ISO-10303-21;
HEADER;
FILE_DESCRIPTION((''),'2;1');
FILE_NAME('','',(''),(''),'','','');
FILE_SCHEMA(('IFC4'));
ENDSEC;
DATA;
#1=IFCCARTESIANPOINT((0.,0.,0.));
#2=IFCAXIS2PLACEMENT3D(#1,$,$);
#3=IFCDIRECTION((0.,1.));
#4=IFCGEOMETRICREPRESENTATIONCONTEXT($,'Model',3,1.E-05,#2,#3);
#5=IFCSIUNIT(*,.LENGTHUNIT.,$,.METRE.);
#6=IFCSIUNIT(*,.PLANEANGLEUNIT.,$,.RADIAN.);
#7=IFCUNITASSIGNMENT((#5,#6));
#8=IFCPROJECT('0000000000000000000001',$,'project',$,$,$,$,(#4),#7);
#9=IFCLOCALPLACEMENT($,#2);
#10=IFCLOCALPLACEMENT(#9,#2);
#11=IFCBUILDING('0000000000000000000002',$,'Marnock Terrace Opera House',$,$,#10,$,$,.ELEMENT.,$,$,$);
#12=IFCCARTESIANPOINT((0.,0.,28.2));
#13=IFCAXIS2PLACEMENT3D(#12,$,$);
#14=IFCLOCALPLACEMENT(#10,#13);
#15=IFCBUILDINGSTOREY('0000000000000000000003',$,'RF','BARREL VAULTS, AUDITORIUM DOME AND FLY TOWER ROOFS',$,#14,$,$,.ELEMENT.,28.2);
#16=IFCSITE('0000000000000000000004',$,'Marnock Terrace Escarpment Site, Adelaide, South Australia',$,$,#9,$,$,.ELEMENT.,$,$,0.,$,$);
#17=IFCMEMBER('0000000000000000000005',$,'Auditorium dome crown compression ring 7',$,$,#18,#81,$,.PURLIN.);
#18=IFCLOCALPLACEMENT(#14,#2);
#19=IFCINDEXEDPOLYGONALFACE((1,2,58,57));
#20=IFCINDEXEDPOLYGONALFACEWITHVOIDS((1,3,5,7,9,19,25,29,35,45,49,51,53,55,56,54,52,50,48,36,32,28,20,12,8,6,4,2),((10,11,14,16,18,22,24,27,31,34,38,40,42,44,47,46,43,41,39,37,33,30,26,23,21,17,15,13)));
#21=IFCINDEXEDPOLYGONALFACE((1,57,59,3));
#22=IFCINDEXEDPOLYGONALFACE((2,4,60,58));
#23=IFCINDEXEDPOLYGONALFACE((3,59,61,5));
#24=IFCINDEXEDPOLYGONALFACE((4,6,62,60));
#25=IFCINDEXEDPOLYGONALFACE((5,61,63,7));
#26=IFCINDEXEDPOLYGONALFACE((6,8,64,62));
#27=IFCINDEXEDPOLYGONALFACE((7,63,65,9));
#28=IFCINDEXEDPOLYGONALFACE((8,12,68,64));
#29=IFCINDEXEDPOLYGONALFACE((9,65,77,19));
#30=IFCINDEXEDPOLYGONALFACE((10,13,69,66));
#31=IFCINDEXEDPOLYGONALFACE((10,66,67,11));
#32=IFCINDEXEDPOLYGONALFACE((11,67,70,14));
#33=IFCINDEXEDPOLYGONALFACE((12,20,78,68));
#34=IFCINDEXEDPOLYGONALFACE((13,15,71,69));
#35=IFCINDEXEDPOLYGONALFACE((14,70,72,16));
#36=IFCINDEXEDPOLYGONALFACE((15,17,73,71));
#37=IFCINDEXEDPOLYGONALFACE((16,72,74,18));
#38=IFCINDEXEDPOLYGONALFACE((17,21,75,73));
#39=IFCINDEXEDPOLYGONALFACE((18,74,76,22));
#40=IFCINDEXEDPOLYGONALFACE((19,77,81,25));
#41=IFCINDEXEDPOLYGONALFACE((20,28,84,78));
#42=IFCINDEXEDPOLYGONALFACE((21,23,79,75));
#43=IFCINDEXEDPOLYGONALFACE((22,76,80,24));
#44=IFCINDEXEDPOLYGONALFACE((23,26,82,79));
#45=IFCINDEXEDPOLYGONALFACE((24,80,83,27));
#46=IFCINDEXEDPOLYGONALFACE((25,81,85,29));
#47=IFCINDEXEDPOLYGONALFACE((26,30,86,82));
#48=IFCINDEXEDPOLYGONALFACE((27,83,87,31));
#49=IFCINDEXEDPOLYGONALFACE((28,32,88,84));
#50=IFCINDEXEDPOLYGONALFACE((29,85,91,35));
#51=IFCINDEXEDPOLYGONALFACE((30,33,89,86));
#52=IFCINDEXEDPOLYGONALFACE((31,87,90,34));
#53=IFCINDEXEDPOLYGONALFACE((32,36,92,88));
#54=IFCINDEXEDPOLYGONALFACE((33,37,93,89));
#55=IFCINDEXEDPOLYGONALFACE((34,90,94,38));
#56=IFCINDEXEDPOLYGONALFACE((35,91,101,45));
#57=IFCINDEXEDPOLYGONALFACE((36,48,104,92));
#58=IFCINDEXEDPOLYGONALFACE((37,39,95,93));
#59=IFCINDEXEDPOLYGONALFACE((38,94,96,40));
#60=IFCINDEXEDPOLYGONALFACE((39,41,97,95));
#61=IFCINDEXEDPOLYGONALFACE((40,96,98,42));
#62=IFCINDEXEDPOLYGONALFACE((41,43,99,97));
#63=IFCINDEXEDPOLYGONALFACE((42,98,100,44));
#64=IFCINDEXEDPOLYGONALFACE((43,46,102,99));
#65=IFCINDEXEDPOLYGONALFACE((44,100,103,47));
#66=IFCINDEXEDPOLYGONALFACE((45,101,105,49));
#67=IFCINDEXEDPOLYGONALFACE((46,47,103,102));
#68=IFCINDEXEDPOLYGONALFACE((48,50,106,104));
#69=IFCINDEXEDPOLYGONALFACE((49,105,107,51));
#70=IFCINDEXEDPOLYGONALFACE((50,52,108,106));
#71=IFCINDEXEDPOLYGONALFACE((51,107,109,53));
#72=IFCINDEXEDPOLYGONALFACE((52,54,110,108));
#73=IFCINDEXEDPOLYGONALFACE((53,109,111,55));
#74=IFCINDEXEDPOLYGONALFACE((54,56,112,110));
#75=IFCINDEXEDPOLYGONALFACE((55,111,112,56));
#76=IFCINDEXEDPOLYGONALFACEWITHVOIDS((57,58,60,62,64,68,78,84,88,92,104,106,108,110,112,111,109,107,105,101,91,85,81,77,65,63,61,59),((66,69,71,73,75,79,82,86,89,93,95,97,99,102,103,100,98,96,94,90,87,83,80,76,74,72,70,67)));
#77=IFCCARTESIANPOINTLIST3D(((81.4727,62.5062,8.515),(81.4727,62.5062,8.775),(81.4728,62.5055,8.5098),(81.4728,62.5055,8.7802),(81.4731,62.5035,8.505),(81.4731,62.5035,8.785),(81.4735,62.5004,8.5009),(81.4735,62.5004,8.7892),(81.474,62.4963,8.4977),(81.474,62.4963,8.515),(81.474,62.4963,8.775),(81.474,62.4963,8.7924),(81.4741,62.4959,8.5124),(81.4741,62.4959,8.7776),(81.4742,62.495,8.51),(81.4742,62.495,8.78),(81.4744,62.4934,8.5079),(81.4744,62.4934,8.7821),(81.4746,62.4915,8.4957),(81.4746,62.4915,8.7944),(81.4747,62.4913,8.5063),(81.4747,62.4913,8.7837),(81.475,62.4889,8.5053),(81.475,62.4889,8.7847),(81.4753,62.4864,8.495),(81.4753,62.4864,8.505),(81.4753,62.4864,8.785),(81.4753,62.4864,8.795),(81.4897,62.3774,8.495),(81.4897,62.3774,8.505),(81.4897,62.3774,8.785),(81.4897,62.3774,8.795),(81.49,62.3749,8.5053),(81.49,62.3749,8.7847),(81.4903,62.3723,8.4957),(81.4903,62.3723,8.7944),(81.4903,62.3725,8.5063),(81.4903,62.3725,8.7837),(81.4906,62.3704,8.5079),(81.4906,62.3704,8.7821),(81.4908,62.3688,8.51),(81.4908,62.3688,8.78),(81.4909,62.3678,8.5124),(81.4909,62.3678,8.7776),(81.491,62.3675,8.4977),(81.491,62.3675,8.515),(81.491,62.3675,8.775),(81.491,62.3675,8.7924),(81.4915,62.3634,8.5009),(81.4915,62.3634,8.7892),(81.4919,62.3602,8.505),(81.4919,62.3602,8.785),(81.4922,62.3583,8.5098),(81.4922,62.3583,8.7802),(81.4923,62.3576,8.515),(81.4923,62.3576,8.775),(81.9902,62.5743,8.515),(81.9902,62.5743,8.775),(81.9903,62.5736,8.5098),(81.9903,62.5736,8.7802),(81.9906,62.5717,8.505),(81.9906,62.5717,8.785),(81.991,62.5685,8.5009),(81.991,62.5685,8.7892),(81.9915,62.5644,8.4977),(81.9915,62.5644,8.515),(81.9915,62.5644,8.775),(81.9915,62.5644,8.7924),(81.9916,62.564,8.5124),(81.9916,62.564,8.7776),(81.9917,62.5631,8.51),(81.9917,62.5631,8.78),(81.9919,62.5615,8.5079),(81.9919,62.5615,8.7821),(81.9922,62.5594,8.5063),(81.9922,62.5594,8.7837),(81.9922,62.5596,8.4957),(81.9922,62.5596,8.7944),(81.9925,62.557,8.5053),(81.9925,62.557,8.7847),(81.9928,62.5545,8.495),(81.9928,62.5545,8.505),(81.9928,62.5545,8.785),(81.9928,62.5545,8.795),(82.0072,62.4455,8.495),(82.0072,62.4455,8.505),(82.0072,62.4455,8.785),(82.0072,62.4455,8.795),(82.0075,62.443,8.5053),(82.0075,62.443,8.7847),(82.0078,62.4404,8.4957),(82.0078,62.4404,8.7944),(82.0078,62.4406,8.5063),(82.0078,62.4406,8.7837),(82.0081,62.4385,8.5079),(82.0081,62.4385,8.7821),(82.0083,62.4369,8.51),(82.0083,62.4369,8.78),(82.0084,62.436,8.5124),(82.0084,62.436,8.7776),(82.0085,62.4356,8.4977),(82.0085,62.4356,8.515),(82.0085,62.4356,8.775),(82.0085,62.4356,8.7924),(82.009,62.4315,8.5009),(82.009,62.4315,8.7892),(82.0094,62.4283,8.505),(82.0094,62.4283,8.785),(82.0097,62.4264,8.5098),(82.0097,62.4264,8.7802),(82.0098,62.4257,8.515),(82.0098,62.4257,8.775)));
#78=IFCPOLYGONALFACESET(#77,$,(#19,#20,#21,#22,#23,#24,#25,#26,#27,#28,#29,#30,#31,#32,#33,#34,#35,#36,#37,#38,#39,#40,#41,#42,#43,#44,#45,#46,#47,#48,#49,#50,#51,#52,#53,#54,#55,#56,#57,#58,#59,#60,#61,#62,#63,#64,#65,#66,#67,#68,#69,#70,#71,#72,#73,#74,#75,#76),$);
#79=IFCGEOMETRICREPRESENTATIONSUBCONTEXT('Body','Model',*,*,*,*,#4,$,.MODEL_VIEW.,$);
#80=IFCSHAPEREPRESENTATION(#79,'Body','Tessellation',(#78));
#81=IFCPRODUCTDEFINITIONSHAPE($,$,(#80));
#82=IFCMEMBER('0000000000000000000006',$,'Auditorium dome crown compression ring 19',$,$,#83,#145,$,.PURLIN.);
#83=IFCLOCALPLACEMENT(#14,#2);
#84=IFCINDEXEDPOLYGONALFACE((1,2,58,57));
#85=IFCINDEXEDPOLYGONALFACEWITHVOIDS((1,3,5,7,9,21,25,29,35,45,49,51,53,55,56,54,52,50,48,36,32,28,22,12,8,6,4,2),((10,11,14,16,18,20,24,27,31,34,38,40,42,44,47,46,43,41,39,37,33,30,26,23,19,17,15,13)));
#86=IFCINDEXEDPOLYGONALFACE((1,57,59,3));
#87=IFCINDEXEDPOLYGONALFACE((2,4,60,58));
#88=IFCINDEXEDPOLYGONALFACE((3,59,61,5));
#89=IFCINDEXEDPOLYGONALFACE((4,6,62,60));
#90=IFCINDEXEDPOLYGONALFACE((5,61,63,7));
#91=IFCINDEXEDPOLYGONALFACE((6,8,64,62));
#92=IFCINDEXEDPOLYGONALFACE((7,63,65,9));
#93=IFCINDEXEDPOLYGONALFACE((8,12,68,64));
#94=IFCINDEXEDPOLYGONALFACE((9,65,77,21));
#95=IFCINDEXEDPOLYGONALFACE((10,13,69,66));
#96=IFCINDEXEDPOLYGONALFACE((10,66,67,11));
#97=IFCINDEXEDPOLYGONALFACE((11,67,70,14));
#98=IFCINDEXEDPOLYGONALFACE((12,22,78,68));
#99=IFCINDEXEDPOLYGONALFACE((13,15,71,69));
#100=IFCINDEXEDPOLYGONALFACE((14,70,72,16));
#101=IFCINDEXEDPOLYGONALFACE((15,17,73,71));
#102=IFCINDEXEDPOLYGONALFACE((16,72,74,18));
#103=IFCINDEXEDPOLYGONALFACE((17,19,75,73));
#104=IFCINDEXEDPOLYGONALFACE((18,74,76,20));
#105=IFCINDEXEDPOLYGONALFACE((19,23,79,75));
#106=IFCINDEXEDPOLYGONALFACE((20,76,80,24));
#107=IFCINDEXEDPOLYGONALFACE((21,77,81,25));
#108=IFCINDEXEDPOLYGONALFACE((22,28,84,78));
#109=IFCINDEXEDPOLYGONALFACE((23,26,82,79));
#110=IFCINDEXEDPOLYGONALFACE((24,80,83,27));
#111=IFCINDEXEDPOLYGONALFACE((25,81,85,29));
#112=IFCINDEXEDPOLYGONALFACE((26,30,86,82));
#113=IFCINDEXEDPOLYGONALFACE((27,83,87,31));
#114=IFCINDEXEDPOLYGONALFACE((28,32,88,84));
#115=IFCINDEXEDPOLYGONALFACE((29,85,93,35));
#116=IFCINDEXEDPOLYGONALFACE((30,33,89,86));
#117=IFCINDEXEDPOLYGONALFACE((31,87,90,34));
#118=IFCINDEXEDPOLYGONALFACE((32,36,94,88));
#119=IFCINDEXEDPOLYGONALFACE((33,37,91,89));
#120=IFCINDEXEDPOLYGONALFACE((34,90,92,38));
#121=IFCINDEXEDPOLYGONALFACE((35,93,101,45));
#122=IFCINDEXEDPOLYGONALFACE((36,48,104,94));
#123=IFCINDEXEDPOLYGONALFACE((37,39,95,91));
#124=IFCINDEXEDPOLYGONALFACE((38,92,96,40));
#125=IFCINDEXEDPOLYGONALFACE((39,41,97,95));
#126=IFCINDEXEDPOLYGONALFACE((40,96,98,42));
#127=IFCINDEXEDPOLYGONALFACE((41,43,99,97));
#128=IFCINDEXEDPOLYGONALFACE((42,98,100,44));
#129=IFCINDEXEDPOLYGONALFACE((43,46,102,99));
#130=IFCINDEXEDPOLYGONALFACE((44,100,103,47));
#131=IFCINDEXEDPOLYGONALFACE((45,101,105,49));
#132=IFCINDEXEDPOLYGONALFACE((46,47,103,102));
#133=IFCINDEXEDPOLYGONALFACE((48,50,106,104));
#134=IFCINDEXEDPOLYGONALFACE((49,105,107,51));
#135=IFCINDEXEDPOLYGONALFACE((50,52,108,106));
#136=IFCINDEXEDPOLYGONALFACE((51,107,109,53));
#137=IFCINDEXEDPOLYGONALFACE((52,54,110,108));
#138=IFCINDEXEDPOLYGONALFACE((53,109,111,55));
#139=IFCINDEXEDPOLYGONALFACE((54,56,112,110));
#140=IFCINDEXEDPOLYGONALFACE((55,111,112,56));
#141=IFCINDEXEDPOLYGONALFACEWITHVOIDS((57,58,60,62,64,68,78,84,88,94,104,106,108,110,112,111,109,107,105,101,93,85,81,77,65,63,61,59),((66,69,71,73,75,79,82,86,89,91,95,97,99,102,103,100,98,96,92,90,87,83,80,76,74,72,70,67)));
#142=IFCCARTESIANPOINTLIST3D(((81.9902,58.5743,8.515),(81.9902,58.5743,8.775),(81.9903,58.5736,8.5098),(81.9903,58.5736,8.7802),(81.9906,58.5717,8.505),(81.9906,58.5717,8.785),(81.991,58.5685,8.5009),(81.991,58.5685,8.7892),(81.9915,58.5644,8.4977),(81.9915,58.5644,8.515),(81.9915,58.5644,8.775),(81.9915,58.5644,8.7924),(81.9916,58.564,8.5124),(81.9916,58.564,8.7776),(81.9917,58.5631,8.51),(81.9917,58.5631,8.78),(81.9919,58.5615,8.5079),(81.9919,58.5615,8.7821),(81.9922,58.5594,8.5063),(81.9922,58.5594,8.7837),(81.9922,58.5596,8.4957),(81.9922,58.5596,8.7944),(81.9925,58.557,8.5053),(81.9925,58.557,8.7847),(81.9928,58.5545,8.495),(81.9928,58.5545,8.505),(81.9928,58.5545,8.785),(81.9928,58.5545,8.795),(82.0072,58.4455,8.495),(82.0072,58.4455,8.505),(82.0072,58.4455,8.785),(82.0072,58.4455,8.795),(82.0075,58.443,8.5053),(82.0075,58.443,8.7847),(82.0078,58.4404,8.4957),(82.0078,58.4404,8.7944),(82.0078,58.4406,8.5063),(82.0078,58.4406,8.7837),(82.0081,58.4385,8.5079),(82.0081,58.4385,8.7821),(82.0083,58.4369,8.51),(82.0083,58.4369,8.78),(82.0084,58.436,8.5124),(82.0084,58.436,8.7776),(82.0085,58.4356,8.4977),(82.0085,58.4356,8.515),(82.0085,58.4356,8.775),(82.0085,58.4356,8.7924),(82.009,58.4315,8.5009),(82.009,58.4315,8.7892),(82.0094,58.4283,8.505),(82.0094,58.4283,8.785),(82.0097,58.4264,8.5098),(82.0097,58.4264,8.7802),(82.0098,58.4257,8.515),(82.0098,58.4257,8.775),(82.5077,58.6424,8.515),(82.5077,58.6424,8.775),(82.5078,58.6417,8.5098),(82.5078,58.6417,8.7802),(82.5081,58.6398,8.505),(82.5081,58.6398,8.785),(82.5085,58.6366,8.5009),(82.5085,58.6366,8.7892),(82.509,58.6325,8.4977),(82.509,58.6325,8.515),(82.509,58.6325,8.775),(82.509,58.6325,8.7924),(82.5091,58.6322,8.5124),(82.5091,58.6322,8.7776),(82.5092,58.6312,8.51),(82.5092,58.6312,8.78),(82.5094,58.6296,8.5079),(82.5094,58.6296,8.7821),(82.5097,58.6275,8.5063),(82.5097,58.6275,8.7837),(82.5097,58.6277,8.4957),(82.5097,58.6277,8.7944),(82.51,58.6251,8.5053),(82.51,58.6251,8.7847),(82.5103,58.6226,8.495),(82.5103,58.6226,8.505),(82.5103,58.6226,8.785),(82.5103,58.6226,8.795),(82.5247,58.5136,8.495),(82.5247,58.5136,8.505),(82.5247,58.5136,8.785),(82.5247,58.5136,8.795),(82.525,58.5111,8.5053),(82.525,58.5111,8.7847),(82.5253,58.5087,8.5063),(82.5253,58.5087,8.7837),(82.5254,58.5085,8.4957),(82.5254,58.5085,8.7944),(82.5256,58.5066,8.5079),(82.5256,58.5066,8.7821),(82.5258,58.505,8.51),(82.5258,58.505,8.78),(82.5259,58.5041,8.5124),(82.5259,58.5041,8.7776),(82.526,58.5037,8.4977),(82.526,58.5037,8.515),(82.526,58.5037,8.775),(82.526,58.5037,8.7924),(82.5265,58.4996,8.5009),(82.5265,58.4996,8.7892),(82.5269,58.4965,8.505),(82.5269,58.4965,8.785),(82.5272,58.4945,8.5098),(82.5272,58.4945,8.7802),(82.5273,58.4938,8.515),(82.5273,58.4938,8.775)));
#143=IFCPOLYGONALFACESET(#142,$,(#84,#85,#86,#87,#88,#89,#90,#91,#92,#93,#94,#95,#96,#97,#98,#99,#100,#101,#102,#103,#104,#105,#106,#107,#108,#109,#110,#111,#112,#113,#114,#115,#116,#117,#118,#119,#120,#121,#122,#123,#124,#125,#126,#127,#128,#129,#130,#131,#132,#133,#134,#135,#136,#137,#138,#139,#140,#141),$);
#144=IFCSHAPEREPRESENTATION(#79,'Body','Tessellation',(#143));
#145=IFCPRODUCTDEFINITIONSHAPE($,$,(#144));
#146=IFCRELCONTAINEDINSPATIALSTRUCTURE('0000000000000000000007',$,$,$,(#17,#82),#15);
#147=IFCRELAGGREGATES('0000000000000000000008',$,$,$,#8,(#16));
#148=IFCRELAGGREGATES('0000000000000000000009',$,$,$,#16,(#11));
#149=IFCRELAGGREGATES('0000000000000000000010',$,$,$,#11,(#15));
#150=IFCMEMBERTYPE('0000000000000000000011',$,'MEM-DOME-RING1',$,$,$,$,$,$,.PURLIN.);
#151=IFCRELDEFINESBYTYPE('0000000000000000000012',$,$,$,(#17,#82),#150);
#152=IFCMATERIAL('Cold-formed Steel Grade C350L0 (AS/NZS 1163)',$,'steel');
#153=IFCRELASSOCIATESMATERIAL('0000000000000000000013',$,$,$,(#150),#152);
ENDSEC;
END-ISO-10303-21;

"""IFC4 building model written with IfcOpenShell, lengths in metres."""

from ifc_helpers import new_model, si_unit, direction, frame, origin, origin_2d, place, context, subcontext, project, spatial, hollow_rectangle, extrude, material, material_profile, profile_set, type_object, element, save


model = new_model("IFC4")

# Units and contexts
model_context = context("Model", 3, precision=1e-05, world=origin(), true_north=direction((0.0, 1.0)))
body_context = subcontext(model_context, "Body", "Model", "MODEL_VIEW")
ifc_project = project(units=[si_unit("LENGTHUNIT", "METRE"), si_unit("PLANEANGLEUNIT", "RADIAN")], contexts=[model_context])

# Site, building, storey
site_placement = place(None, origin())
site = spatial("IfcSite", under=ifc_project, at=site_placement, Name="Marnock Terrace Escarpment Site, Adelaide, South Australia", CompositionType="ELEMENT", RefElevation=0.0)
building_placement = place(site_placement, origin())
building = spatial("IfcBuilding", under=site, at=building_placement, Name="Marnock Terrace Opera House", CompositionType="ELEMENT")
storey_placement = place(building_placement, frame((0.0, 0.0, 28.2)))
storey = spatial("IfcBuildingStorey", under=building, at=storey_placement, Name="RF", Description="BARREL VAULTS, AUDITORIUM DOME AND FLY TOWER ROOFS", CompositionType="ELEMENT", Elevation=28.2)

# Members
ifc_material_1 = material(Name="Cold-formed Steel Grade C350L0 (AS/NZS 1163)", Category="steel")
ifc_material_profile_1 = material_profile(ifc_material_1, hollow_rectangle(XDim=0.1499, YDim=0.3, WallThickness=0.01, InnerFilletRadius=0.01, OuterFilletRadius=0.02, at=origin_2d()))
ifc_profile_set_1 = profile_set([ifc_material_profile_1], Name="Cold-formed Steel Grade C350L0 (AS/NZS 1163)")
member_type_1 = type_object("IfcMemberType", Name="MEM-DOME-RING1", PredefinedType="PURLIN", material=ifc_profile_set_1)
for number, where, z_axis, x_axis, name in (
    (1, (82.0, 62.5, 8.645), (-0.991451, -0.130479, 0.0), (0.130479, -0.991451, 0.0), "Auditorium dome crown compression ring 7"),
    (2, (82.0, 58.5, 8.645), (0.991451, 0.130479, 0.0), (-0.130479, 0.991451, 0.0), "Auditorium dome crown compression ring 19"),
):
    element("IfcMember", number, at=place(storey_placement, frame(where, z_axis=z_axis, x_axis=x_axis)), inside=storey, type_object=member_type_1, Name=name, PredefinedType="PURLIN", context=body_context, shape_type="SweptSolid", body=[
        extrude(hollow_rectangle(XDim=0.1499, YDim=0.3, WallThickness=0.01, InnerFilletRadius=0.01, OuterFilletRadius=0.02, at=origin_2d()), origin(), (0.0, 0.0, 1.0), 0.522),
    ])

save(model, "model.ifc")
